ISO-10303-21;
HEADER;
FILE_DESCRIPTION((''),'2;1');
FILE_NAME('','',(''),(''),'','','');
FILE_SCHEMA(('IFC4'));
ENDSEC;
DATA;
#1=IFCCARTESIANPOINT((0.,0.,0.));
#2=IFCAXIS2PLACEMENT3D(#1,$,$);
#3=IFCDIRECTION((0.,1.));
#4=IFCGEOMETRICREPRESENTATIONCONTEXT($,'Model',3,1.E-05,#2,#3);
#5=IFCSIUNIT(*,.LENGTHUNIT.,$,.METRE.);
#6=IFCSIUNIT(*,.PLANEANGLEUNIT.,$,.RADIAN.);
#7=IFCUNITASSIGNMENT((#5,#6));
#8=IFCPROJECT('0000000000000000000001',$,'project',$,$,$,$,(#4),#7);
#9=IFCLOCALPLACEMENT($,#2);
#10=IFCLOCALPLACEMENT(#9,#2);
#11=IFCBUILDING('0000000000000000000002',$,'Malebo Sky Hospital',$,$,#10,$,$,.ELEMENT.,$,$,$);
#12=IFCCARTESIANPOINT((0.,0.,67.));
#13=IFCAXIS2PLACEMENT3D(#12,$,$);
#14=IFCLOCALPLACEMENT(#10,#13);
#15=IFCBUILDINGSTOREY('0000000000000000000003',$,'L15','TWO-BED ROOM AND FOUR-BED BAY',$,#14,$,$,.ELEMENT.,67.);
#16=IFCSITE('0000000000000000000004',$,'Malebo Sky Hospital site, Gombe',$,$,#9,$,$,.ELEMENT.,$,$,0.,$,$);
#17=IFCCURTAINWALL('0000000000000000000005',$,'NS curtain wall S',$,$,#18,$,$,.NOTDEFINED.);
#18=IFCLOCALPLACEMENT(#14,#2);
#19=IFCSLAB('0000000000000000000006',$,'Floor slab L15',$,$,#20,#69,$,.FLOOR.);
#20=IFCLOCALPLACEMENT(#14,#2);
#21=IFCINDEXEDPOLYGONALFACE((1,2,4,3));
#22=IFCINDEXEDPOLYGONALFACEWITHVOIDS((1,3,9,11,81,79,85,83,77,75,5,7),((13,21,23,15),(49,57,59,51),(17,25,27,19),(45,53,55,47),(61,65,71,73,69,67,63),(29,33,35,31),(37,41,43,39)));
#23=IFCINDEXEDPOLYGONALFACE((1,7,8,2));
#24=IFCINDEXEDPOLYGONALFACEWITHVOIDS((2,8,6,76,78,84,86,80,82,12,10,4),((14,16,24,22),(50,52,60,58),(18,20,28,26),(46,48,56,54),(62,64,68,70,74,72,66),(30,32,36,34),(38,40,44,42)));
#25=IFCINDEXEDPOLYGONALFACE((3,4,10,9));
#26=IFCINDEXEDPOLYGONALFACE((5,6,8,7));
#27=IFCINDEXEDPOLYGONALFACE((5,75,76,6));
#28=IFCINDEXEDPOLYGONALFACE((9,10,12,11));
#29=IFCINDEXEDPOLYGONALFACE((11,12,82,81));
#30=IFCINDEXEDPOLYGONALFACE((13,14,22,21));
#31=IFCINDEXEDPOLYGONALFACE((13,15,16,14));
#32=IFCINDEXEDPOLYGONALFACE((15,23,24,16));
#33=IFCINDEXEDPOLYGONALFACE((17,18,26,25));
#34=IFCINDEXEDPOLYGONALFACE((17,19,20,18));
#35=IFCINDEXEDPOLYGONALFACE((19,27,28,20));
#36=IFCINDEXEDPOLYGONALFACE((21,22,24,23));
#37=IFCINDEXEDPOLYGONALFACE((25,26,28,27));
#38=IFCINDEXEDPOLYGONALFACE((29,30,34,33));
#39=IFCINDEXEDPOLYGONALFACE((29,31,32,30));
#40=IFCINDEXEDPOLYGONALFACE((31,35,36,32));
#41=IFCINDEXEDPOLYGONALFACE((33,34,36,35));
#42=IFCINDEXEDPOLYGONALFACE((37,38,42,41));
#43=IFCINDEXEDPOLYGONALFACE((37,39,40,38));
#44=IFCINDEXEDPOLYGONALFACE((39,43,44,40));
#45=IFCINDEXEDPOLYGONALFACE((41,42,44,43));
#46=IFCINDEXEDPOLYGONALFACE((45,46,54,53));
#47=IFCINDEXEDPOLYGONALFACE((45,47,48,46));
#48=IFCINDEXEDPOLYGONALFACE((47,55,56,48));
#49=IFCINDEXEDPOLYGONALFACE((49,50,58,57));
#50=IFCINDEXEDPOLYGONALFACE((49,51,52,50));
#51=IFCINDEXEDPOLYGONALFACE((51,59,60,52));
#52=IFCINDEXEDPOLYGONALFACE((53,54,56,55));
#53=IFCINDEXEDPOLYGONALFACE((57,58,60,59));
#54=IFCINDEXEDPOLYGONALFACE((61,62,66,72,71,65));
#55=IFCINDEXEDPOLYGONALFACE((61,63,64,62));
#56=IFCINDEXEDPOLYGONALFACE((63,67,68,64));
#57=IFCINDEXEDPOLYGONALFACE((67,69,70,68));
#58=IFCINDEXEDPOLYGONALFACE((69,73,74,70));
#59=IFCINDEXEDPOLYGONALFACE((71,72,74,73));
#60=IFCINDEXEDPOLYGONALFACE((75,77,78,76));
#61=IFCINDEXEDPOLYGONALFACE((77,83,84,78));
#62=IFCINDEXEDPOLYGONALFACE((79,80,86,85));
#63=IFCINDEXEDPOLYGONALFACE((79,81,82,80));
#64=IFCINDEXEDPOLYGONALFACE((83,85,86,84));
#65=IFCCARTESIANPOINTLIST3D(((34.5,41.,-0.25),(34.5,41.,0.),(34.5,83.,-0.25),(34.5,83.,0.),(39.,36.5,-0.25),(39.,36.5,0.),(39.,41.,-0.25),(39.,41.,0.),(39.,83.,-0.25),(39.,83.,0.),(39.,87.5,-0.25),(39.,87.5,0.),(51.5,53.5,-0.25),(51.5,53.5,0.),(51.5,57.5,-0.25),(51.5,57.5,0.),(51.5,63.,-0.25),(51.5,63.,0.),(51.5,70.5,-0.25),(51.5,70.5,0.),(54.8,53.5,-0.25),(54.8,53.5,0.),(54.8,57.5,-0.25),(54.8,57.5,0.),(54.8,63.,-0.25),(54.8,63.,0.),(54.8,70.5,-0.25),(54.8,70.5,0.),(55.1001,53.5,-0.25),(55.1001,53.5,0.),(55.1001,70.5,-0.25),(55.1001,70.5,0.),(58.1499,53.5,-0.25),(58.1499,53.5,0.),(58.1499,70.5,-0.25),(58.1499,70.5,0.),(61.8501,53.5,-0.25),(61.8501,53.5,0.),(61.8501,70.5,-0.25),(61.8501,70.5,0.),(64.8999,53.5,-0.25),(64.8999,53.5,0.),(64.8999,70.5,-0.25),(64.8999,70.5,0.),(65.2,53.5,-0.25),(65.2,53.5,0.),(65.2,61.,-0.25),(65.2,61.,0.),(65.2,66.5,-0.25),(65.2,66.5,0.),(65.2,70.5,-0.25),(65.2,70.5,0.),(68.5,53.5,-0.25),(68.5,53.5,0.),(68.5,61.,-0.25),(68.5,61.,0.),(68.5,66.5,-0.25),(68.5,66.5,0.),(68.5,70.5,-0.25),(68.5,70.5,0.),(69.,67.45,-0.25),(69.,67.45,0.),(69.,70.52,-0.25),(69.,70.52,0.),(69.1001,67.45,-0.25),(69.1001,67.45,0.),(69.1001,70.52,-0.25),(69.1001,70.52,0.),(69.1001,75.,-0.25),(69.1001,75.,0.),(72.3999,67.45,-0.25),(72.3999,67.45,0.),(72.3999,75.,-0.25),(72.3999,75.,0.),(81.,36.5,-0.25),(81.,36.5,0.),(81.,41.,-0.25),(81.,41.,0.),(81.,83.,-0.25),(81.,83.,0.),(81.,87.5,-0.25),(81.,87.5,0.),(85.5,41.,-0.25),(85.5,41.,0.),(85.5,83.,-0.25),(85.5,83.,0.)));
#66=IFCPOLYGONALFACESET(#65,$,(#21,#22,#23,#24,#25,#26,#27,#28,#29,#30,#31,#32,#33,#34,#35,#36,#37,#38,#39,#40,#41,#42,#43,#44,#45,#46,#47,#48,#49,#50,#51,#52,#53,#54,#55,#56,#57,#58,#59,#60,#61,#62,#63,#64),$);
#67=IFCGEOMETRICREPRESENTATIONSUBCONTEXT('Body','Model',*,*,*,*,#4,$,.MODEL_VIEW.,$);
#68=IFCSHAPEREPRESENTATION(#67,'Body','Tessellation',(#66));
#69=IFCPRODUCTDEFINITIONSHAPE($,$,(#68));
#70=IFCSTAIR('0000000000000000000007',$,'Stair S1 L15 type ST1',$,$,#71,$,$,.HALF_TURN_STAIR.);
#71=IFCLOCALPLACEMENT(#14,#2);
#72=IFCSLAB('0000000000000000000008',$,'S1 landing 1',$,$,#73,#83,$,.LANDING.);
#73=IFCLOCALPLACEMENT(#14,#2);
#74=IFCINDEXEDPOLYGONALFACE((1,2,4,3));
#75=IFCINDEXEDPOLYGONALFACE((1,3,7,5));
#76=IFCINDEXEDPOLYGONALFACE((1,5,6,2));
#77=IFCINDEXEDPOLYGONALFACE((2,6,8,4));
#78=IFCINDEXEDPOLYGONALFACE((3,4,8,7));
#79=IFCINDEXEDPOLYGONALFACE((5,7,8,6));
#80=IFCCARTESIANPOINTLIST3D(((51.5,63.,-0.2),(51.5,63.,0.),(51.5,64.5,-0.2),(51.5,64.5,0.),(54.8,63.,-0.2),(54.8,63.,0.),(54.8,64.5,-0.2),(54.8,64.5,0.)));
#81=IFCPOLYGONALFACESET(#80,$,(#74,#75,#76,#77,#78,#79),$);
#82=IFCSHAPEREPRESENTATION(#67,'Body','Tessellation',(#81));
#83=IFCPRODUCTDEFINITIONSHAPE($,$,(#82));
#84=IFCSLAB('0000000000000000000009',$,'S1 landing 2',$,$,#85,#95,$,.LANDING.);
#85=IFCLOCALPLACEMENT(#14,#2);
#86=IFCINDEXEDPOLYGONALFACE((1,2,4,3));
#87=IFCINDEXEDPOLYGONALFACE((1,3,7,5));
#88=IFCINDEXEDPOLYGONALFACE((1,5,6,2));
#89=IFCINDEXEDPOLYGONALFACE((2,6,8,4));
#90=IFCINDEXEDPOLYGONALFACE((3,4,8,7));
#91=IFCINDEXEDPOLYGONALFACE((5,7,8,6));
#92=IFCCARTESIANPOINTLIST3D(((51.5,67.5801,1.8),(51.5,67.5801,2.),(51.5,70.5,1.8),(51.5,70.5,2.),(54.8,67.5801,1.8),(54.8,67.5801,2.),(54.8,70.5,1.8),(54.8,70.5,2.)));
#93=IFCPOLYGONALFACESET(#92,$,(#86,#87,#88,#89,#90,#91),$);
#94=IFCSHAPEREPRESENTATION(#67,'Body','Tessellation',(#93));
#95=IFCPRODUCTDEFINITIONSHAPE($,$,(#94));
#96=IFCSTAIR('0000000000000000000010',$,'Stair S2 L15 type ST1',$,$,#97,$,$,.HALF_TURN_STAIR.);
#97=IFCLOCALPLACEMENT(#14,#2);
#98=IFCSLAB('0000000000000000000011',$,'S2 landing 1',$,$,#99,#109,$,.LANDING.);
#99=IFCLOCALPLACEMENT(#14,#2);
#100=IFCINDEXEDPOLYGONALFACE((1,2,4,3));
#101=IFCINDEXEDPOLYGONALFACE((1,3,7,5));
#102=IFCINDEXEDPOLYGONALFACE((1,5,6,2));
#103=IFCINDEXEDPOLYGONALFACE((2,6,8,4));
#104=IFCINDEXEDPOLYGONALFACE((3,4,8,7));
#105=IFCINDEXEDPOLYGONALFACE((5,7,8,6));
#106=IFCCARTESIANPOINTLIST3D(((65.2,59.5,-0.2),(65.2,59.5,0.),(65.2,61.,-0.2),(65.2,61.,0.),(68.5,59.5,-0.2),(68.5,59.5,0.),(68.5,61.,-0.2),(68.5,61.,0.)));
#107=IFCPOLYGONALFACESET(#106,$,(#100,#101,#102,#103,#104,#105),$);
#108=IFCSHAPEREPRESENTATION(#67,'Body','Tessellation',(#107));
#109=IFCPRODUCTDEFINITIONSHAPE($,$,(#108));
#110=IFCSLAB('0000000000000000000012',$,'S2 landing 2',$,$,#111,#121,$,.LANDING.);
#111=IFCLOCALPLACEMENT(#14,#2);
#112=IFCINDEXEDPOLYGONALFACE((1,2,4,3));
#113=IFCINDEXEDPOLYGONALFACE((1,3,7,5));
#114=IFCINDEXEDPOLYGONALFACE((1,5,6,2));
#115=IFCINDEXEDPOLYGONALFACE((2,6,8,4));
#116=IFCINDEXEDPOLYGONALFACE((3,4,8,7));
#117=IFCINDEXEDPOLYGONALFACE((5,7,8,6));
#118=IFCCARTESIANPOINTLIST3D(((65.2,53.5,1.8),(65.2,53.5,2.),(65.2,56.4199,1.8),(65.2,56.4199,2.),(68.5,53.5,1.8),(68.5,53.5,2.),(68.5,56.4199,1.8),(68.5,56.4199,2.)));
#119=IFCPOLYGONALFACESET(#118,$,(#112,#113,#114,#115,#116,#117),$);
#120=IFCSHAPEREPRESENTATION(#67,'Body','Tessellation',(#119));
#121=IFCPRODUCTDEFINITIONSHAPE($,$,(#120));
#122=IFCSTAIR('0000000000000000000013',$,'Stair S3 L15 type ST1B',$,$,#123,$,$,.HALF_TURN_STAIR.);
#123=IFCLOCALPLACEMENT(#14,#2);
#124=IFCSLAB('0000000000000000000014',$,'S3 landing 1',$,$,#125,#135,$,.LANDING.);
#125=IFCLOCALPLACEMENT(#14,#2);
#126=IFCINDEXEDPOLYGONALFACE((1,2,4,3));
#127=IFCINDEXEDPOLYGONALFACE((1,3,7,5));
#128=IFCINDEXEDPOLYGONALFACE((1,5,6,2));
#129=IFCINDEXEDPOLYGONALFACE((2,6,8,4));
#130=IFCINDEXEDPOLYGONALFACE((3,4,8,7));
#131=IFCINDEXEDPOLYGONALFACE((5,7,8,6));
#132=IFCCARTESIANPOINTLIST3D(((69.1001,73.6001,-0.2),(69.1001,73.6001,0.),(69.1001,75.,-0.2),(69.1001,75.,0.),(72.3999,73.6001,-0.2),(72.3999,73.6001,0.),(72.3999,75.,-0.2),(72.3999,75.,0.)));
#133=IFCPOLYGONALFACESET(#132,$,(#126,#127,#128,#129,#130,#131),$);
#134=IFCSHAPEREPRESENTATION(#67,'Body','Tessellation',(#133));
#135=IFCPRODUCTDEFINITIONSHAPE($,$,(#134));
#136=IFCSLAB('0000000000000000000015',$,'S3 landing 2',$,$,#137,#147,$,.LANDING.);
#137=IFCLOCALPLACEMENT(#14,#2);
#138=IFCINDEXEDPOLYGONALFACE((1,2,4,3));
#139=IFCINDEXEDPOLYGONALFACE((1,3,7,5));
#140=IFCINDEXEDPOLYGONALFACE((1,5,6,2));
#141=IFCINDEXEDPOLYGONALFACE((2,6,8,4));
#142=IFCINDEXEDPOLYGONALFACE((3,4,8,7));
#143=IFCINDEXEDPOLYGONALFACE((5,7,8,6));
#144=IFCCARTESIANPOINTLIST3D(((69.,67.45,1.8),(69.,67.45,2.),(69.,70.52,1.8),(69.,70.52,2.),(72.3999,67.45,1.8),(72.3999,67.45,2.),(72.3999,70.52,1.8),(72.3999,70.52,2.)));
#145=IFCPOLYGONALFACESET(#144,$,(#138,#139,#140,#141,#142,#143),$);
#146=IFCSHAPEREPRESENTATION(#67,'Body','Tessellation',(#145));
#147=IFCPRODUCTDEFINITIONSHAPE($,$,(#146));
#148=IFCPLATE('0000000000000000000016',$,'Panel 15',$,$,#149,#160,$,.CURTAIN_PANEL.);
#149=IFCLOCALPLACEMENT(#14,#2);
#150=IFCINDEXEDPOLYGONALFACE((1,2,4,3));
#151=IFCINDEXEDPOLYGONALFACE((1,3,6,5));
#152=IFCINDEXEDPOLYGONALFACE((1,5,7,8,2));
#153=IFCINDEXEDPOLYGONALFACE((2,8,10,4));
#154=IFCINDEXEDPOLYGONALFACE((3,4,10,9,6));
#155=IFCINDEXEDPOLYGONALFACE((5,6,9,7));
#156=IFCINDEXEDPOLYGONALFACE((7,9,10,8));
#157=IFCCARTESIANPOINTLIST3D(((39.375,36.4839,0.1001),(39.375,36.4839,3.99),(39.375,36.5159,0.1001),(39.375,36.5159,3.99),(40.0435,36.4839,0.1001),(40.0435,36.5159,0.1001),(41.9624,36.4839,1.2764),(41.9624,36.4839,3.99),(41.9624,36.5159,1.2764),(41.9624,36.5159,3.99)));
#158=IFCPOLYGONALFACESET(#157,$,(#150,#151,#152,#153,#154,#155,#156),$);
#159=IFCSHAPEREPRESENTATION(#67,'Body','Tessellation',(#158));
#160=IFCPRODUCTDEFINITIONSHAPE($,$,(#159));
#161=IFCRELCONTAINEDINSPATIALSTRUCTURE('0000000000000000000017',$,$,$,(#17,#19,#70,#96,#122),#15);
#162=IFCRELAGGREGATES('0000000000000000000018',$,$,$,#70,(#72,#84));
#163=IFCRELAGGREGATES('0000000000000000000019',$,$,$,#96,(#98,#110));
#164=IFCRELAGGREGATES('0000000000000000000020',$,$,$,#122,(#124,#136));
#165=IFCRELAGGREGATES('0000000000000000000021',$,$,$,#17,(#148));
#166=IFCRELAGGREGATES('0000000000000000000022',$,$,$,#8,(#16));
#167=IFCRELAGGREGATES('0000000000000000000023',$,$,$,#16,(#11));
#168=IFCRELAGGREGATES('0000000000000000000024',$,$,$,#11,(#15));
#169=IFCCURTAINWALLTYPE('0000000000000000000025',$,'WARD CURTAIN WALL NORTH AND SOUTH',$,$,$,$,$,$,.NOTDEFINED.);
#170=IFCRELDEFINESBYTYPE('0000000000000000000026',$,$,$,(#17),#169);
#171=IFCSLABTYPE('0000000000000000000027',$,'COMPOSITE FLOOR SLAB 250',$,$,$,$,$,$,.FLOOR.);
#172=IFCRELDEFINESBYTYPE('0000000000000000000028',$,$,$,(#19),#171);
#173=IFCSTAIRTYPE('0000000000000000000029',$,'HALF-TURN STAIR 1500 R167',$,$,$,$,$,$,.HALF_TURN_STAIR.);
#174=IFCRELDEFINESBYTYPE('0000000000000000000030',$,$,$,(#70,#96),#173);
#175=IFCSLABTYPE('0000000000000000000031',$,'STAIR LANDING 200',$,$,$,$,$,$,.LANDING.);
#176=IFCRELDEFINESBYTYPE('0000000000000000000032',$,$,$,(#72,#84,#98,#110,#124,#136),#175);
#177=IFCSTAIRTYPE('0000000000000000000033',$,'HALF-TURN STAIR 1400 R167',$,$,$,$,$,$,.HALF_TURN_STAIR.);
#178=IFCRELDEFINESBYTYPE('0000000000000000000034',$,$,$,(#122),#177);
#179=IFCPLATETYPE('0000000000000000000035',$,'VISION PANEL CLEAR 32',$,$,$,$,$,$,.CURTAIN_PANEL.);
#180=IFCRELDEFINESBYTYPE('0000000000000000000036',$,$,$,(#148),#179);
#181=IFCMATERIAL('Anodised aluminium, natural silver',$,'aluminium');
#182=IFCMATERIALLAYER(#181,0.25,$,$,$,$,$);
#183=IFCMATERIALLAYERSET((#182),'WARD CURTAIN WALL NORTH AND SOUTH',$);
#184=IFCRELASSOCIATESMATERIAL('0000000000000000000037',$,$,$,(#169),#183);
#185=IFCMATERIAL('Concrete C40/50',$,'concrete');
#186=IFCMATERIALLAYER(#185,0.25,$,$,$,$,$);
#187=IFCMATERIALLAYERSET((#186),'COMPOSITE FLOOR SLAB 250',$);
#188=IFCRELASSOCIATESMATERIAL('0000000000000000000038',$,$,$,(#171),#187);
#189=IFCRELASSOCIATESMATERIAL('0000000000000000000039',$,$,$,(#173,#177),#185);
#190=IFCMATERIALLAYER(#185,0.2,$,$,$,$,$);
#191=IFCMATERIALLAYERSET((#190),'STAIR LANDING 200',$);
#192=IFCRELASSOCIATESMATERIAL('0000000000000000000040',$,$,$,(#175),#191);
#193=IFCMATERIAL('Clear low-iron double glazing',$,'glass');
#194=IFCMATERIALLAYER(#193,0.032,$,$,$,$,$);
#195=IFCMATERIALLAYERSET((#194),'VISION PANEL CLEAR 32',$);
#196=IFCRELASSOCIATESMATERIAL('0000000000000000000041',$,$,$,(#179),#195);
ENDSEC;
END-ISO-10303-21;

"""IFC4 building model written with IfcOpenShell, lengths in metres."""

from ifc_helpers import new_model, si_unit, direction, frame, origin, place, context, subcontext, project, spatial, polyline, outline, extrude, material, layer, layer_set, type_object, element, aggregate, save


model = new_model("IFC4")

# Units and contexts
model_context = context("Model", 3, precision=1e-05, world=origin(), true_north=direction((0.0, 1.0)))
body_context = subcontext(model_context, "Body", "Model", "MODEL_VIEW")
ifc_project = project(units=[si_unit("LENGTHUNIT", "METRE"), si_unit("PLANEANGLEUNIT", "RADIAN")], contexts=[model_context])

# Site, building, storey
site_placement = place(None, origin())
site = spatial("IfcSite", under=ifc_project, at=site_placement, Name="Malebo Sky Hospital site, Gombe", CompositionType="ELEMENT", RefElevation=0.0)
building_placement = place(site_placement, origin())
building = spatial("IfcBuilding", under=site, at=building_placement, Name="Malebo Sky Hospital", CompositionType="ELEMENT")
storey_placement = place(building_placement, frame((0.0, 0.0, 67.0)))
storey = spatial("IfcBuildingStorey", under=building, at=storey_placement, Name="L15", Description="TWO-BED ROOM AND FOUR-BED BAY", CompositionType="ELEMENT", Elevation=67.0)

# Curtain wall
ifc_material_1 = material(Name="Anodised aluminium, natural silver", Category="aluminium")
ifc_layer_1 = layer(ifc_material_1, 0.25)
ifc_layer_set_1 = layer_set([ifc_layer_1], Name="WARD CURTAIN WALL NORTH AND SOUTH")
curtain_wall_type = type_object("IfcCurtainWallType", Name="WARD CURTAIN WALL NORTH AND SOUTH", PredefinedType="NOTDEFINED", material=ifc_layer_set_1)
curtain_wall_placement = place(storey_placement, origin())
curtain_wall = element("IfcCurtainWall", 1, at=curtain_wall_placement, inside=storey, type_object=curtain_wall_type, Name="NS curtain wall S", PredefinedType="NOTDEFINED")

# Slab
ifc_material_2 = material(Name="Concrete C40/50", Category="concrete")
ifc_layer_2 = layer(ifc_material_2, 0.25)
ifc_layer_set_2 = layer_set([ifc_layer_2], Name="COMPOSITE FLOOR SLAB 250")
slab_type_1 = type_object("IfcSlabType", Name="COMPOSITE FLOOR SLAB 250", PredefinedType="FLOOR", material=ifc_layer_set_2)
slab_1_placement = place(storey_placement, frame((0.0, 0.0, -0.25)))
element("IfcSlab", 2, at=slab_1_placement, inside=storey, type_object=slab_type_1, Name="Floor slab L15", PredefinedType="FLOOR", context=body_context, shape_type="SweptSolid", body=[
    extrude(outline(polyline([(39.0, 87.5), (39.0, 83.0), (34.5, 83.0), (34.5, 41.0), (39.0, 41.0), (39.0, 36.5), (81.0, 36.5), (81.0, 41.0), (85.5, 41.0), (85.5, 83.0), (81.0, 83.0), (81.0, 87.5), (39.0, 87.5)]), holes=[polyline([(55.1001, 70.5), (58.1499, 70.5), (58.1499, 53.5), (55.1001, 53.5), (55.1001, 70.5)]), polyline([(64.8999, 70.5), (64.8999, 53.5), (61.8501, 53.5), (61.8501, 70.5), (64.8999, 70.5)]), polyline([(54.8, 63.0), (51.5, 63.0), (51.5, 70.5), (54.8, 70.5), (54.8, 63.0)]), polyline([(51.5, 53.5), (51.5, 57.5), (54.8, 57.5), (54.8, 53.5), (51.5, 53.5)]), polyline([(65.2, 61.0), (68.5, 61.0), (68.5, 53.5), (65.2, 53.5), (65.2, 61.0)]), polyline([(68.5, 70.5), (68.5, 66.5), (65.2, 66.5), (65.2, 70.5), (68.5, 70.5)]), polyline([(69.0, 67.45), (69.0, 70.52), (69.1001, 70.52), (69.1001, 75.0), (72.3999, 75.0), (72.3999, 67.45), (69.1001, 67.45), (69.0, 67.45)])]), origin(), (0.0, 0.0, 1.0), 0.25),
])

# Stairs, slabs
stair_type_1 = type_object("IfcStairType", Name="HALF-TURN STAIR 1500 R167", PredefinedType="HALF_TURN_STAIR", material=ifc_material_2)
stair_1_placement = place(storey_placement, origin())
stair_1 = element("IfcStair", 3, at=stair_1_placement, inside=storey, type_object=stair_type_1, Name="Stair S1 L15 type ST1", PredefinedType="HALF_TURN_STAIR")
ifc_layer_3 = layer(ifc_material_2, 0.2)
ifc_layer_set_3 = layer_set([ifc_layer_3], Name="STAIR LANDING 200")
slab_type_2 = type_object("IfcSlabType", Name="STAIR LANDING 200", PredefinedType="LANDING", material=ifc_layer_set_3)
slab_2_placement = place(storey_placement, frame((0.0, 0.0, -0.2)))
slab_2 = element("IfcSlab", 4, at=slab_2_placement, type_object=slab_type_2, Name="S1 landing 1", PredefinedType="LANDING", context=body_context, shape_type="SweptSolid", body=[
    extrude(outline(polyline([(51.5, 63.0), (54.8, 63.0), (54.8, 64.5), (51.5, 64.5), (51.5, 63.0)])), origin(), (0.0, 0.0, 1.0), 0.2),
])
slab_3_placement = place(storey_placement, frame((0.0, 0.0, 1.8)))
slab_3 = element("IfcSlab", 5, at=slab_3_placement, type_object=slab_type_2, Name="S1 landing 2", PredefinedType="LANDING", context=body_context, shape_type="SweptSolid", body=[
    extrude(outline(polyline([(51.5, 67.5801), (54.8, 67.5801), (54.8, 70.5), (51.5, 70.5), (51.5, 67.5801)])), origin(), (0.0, 0.0, 1.0), 0.2),
])
aggregate(stair_1, [slab_2, slab_3])
stair_2_placement = place(storey_placement, origin())
stair_2 = element("IfcStair", 6, at=stair_2_placement, inside=storey, type_object=stair_type_1, Name="Stair S2 L15 type ST1", PredefinedType="HALF_TURN_STAIR")
slab_4_placement = place(storey_placement, frame((0.0, 0.0, -0.2)))
slab_4 = element("IfcSlab", 7, at=slab_4_placement, type_object=slab_type_2, Name="S2 landing 1", PredefinedType="LANDING", context=body_context, shape_type="SweptSolid", body=[
    extrude(outline(polyline([(65.2, 59.5), (68.5, 59.5), (68.5, 61.0), (65.2, 61.0), (65.2, 59.5)])), origin(), (0.0, 0.0, 1.0), 0.2),
])
slab_5_placement = place(storey_placement, frame((0.0, 0.0, 1.8)))
slab_5 = element("IfcSlab", 8, at=slab_5_placement, type_object=slab_type_2, Name="S2 landing 2", PredefinedType="LANDING", context=body_context, shape_type="SweptSolid", body=[
    extrude(outline(polyline([(65.2, 53.5), (68.5, 53.5), (68.5, 56.4199), (65.2, 56.4199), (65.2, 53.5)])), origin(), (0.0, 0.0, 1.0), 0.2),
])
aggregate(stair_2, [slab_4, slab_5])
stair_type_2 = type_object("IfcStairType", Name="HALF-TURN STAIR 1400 R167", PredefinedType="HALF_TURN_STAIR", material=ifc_material_2)
stair_3_placement = place(storey_placement, origin())
stair_3 = element("IfcStair", 9, at=stair_3_placement, inside=storey, type_object=stair_type_2, Name="Stair S3 L15 type ST1B", PredefinedType="HALF_TURN_STAIR")
slab_6_placement = place(storey_placement, frame((0.0, 0.0, -0.2)))
slab_6 = element("IfcSlab", 10, at=slab_6_placement, type_object=slab_type_2, Name="S3 landing 1", PredefinedType="LANDING", context=body_context, shape_type="SweptSolid", body=[
    extrude(outline(polyline([(69.1001, 73.6001), (72.3999, 73.6001), (72.3999, 75.0), (69.1001, 75.0), (69.1001, 73.6001)])), origin(), (0.0, 0.0, 1.0), 0.2),
])
slab_7_placement = place(storey_placement, frame((0.0, 0.0, 1.8)))
slab_7 = element("IfcSlab", 11, at=slab_7_placement, type_object=slab_type_2, Name="S3 landing 2", PredefinedType="LANDING", context=body_context, shape_type="SweptSolid", body=[
    extrude(outline(polyline([(69.0, 67.45), (72.3999, 67.45), (72.3999, 70.52), (69.0, 70.52), (69.0, 67.45)])), origin(), (0.0, 0.0, 1.0), 0.2),
])
aggregate(stair_3, [slab_6, slab_7])

# Plate
ifc_material_3 = material(Name="Clear low-iron double glazing", Category="glass")
ifc_layer_4 = layer(ifc_material_3, 0.032)
ifc_layer_set_4 = layer_set([ifc_layer_4], Name="VISION PANEL CLEAR 32")
plate_type = type_object("IfcPlateType", Name="VISION PANEL CLEAR 32", PredefinedType="CURTAIN_PANEL", material=ifc_layer_set_4)
plate_placement = place(storey_placement, frame((40.6687, 36.5, 0.1001), z_axis=(0.0, 0.0, 1.0), x_axis=(-1.0, 0.0, 0.0)))
plate = element("IfcPlate", 12, at=plate_placement, type_object=plate_type, Name="Panel 15", PredefinedType="CURTAIN_PANEL", context=body_context, shape_type="SweptSolid", body=[
    extrude(outline(polyline([(0.6252, 0.0), (1.2937, 0.0), (1.2937, 3.8899), (-1.2937, 3.8899), (-1.2937, 1.1763), (0.6252, 0.0)])), frame((0.0, 0.0161, 0.0), z_axis=(0.0, -1.0, 0.0), x_axis=(1.0, 0.0, 0.0)), (0.0, 0.0, 1.0), 0.032),
])
aggregate(curtain_wall, [plate])

save(model, "model.ifc")
